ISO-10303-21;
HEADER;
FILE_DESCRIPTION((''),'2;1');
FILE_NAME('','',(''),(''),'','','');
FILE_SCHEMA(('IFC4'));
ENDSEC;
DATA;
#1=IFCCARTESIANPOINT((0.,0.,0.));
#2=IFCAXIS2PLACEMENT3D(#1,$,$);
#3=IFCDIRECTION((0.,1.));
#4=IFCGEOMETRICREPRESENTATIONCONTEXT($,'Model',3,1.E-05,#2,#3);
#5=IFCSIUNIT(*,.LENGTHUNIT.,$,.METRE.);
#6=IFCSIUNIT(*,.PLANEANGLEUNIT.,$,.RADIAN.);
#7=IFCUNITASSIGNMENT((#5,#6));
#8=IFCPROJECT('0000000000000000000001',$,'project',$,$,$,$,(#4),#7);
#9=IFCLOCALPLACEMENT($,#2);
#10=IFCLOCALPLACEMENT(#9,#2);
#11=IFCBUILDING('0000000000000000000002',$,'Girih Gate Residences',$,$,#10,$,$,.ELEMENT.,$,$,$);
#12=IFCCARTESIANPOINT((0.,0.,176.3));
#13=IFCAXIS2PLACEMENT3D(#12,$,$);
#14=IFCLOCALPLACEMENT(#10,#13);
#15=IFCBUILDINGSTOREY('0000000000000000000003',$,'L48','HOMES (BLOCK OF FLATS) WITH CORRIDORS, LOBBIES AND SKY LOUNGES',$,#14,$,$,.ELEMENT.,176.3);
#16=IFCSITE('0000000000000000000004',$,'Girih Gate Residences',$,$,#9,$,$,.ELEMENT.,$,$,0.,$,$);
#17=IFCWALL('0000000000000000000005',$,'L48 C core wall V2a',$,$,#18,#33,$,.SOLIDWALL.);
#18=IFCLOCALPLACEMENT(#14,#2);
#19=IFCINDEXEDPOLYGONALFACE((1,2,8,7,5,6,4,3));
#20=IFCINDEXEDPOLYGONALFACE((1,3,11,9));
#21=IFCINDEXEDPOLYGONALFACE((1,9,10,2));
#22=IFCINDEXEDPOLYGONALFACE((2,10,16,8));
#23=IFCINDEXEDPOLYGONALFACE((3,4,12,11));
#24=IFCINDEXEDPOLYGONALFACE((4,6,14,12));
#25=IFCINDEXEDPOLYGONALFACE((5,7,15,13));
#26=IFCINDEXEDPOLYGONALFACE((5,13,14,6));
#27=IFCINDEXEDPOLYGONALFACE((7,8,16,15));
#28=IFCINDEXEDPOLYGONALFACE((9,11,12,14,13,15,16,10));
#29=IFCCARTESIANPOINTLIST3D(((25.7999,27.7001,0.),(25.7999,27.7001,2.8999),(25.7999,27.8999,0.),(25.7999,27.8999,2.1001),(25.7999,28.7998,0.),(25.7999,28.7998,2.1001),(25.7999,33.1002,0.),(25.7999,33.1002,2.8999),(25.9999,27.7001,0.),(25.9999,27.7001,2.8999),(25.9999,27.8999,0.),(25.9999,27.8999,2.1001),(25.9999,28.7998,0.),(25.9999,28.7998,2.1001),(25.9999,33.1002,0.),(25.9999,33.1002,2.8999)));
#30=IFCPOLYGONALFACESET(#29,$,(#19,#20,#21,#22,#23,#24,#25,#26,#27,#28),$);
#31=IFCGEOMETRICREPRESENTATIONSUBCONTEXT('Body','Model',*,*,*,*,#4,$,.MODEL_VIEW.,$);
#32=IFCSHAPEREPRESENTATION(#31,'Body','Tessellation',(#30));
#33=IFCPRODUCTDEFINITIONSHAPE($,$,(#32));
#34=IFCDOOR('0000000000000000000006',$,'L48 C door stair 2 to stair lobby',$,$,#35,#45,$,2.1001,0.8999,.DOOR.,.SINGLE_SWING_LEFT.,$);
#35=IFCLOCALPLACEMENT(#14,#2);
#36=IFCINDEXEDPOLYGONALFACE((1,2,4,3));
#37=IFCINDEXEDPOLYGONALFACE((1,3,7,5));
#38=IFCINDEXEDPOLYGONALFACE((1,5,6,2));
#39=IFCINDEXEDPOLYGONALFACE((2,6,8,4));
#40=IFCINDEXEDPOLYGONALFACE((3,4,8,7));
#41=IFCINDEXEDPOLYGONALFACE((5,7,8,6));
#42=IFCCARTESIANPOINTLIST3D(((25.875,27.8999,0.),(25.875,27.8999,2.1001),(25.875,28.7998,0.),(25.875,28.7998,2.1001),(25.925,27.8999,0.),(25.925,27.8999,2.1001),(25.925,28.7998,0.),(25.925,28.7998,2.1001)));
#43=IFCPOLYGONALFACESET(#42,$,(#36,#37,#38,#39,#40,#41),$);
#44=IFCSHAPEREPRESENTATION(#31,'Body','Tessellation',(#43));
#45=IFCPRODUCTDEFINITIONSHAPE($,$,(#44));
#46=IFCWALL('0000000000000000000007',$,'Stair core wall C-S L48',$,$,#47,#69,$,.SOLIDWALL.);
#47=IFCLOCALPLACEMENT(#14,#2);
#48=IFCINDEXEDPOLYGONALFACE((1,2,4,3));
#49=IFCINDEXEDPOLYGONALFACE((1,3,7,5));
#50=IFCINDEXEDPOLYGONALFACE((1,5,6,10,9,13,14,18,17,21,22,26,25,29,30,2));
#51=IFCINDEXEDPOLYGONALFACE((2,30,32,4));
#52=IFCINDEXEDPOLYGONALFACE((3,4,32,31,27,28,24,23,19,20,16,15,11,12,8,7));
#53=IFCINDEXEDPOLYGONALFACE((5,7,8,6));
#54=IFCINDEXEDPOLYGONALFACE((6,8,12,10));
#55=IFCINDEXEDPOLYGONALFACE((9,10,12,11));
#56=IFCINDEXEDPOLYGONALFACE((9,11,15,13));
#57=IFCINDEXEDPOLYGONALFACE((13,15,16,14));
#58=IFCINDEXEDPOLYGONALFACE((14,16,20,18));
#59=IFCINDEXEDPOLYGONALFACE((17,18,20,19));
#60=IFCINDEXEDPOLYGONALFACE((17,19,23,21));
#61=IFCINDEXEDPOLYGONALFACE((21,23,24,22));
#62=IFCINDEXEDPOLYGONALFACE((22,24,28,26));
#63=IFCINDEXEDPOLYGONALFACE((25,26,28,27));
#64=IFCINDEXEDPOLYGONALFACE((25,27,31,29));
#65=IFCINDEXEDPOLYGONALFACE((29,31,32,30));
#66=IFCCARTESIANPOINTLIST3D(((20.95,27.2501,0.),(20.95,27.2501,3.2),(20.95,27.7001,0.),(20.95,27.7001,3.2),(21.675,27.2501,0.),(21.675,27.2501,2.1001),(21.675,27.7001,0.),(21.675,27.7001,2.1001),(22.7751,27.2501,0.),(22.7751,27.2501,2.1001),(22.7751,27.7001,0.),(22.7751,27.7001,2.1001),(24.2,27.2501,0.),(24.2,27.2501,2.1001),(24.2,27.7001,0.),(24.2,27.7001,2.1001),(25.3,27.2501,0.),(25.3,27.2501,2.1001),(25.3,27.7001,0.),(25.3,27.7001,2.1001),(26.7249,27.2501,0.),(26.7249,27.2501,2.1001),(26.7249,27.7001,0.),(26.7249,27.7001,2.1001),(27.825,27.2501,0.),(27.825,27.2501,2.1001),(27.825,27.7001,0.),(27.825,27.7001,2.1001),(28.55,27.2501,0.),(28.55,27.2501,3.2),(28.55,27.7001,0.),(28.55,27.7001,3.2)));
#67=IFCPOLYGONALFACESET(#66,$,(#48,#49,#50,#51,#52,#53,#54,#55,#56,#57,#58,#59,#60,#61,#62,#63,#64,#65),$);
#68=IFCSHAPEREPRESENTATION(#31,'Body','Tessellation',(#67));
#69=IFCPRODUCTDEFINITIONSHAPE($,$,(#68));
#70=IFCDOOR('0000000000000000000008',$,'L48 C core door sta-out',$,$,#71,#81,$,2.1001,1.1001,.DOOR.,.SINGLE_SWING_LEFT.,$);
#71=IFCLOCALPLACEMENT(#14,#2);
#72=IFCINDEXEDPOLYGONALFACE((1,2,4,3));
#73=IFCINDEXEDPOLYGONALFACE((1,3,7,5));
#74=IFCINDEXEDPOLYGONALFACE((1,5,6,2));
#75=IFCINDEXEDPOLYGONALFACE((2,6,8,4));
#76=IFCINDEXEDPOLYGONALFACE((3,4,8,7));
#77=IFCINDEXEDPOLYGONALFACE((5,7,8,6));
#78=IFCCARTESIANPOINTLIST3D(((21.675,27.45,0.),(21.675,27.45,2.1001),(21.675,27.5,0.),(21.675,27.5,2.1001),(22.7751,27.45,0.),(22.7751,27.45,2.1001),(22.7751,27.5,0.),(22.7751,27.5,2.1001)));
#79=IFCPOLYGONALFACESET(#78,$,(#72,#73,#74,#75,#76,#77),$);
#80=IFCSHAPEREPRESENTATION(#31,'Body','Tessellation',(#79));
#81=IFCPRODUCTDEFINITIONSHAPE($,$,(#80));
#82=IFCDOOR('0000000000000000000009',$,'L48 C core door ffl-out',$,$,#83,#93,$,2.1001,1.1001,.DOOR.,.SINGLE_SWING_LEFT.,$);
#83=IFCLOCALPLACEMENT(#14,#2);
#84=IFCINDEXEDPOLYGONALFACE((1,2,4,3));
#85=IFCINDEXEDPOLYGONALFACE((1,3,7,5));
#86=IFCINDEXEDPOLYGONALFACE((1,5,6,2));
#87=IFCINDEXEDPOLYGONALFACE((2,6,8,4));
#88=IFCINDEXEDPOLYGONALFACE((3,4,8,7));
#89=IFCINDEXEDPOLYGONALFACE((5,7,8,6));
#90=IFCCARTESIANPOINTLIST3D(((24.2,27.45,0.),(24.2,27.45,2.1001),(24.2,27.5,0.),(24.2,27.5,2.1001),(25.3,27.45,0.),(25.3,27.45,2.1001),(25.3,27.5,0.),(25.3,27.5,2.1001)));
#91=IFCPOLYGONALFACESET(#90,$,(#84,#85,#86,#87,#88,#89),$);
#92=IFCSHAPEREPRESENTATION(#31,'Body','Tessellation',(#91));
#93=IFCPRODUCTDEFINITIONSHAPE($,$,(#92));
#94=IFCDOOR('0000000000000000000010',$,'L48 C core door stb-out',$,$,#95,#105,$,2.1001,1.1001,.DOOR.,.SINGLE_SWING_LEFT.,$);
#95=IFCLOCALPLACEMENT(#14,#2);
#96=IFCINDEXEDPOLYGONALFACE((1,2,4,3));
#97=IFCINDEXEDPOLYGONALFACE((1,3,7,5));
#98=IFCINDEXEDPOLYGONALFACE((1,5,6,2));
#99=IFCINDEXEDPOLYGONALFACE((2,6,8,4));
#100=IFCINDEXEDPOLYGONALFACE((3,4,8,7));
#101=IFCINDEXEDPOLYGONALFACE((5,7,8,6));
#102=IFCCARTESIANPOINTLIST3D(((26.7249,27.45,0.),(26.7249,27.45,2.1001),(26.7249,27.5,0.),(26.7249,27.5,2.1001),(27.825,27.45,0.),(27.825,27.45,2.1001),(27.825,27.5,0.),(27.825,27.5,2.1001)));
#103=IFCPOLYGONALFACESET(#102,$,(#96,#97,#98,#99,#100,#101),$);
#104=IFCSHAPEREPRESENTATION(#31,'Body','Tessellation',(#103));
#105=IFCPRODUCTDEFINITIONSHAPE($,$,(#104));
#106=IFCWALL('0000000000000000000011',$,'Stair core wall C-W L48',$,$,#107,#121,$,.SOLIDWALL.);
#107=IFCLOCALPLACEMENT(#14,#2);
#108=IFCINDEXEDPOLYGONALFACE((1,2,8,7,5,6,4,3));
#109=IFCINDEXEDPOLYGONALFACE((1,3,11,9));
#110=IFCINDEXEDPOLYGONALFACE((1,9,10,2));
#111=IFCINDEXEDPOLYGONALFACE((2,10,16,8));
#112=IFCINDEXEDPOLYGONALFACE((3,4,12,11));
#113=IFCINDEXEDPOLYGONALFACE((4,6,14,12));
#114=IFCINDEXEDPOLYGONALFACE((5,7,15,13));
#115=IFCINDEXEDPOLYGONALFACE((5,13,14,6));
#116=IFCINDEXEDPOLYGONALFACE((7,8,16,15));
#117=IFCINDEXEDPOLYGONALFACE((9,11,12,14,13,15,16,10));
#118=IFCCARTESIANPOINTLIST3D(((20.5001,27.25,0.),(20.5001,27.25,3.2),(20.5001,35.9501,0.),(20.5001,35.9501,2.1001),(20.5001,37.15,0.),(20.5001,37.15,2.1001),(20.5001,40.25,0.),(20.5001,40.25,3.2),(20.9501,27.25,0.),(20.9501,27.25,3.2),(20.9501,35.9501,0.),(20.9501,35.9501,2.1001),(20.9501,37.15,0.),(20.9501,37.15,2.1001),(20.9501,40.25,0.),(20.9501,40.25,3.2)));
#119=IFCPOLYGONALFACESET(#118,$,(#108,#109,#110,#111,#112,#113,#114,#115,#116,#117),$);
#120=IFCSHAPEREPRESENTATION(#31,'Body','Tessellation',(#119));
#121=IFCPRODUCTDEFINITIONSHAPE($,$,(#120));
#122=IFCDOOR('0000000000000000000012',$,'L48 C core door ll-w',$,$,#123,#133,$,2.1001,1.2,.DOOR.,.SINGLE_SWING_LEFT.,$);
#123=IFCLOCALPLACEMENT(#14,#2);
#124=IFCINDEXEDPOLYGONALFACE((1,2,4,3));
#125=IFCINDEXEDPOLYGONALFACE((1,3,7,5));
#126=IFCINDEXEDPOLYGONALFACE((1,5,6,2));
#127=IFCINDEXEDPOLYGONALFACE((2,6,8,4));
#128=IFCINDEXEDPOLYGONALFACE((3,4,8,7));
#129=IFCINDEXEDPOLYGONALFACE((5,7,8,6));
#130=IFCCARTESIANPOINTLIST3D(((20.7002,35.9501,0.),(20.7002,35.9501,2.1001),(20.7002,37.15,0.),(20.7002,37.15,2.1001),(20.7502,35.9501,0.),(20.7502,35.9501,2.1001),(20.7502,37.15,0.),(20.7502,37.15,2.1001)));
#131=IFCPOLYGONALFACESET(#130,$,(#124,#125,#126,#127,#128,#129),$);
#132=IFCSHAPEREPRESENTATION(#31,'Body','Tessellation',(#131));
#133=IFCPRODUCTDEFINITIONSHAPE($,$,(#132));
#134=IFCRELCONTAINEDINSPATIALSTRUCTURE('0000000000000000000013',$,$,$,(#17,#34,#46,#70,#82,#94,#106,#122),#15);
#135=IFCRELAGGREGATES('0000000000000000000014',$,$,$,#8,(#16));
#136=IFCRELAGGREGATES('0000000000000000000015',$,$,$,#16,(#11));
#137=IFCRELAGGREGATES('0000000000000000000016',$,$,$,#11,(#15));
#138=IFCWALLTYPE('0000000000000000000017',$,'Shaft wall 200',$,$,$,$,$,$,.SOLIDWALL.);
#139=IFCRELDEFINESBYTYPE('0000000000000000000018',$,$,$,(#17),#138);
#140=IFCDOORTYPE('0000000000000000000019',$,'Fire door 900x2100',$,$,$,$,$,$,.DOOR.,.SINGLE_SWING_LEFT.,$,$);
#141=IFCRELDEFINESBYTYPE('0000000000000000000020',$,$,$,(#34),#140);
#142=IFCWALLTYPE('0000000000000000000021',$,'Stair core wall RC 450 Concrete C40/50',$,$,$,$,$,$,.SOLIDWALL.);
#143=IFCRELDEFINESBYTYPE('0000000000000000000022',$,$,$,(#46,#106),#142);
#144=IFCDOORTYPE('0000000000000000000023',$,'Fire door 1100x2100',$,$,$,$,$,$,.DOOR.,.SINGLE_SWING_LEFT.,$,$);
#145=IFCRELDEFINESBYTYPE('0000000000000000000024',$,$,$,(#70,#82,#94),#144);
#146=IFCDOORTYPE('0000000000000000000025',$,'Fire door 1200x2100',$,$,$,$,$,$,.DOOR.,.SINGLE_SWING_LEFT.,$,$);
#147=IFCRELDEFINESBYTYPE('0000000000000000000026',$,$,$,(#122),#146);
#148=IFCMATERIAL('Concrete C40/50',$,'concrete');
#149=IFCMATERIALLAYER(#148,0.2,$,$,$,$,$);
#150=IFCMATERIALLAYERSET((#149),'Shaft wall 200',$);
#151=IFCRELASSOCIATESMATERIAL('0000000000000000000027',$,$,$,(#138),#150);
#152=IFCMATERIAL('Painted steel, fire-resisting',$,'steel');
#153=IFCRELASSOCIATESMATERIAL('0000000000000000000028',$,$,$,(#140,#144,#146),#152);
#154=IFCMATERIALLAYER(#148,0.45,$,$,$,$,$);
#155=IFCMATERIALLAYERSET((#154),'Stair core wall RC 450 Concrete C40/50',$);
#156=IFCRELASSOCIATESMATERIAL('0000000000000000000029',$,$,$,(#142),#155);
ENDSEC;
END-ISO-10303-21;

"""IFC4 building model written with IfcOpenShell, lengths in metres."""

from ifc_helpers import new_model, si_unit, direction, frame, frame_2d, origin, place, context, subcontext, project, spatial, rectangle, extrude, material, layer, layer_set, type_object, element, fill, save


model = new_model("IFC4")

# Units and contexts
model_context = context("Model", 3, precision=1e-05, world=origin(), true_north=direction((0.0, 1.0)))
body_context = subcontext(model_context, "Body", "Model", "MODEL_VIEW")
ifc_project = project(units=[si_unit("LENGTHUNIT", "METRE"), si_unit("PLANEANGLEUNIT", "RADIAN")], contexts=[model_context])

# Site, building, storey
site_placement = place(None, origin())
site = spatial("IfcSite", under=ifc_project, at=site_placement, Name="Girih Gate Residences", CompositionType="ELEMENT", RefElevation=0.0)
building_placement = place(site_placement, origin())
building = spatial("IfcBuilding", under=site, at=building_placement, Name="Girih Gate Residences", CompositionType="ELEMENT")
storey_placement = place(building_placement, frame((0.0, 0.0, 176.3)))
storey = spatial("IfcBuildingStorey", under=building, at=storey_placement, Name="L48", Description="HOMES (BLOCK OF FLATS) WITH CORRIDORS, LOBBIES AND SKY LOUNGES", CompositionType="ELEMENT", Elevation=176.3)

# Wall, opening, door
ifc_material_1 = material(Name="Concrete C40/50", Category="concrete")
ifc_layer_1 = layer(ifc_material_1, 0.2)
ifc_layer_set_1 = layer_set([ifc_layer_1], Name="Shaft wall 200")
wall_type_1 = type_object("IfcWallType", Name="Shaft wall 200", PredefinedType="SOLIDWALL", material=ifc_layer_set_1)
ifc_material_2 = material(Name="Painted steel, fire-resisting", Category="steel")
door_type_1 = type_object("IfcDoorType", Name="Fire door 900x2100", OperationType="SINGLE_SWING_LEFT", PredefinedType="DOOR", material=ifc_material_2)
wall_1_placement = place(storey_placement, frame((25.8999, 27.7, 0.0), z_axis=(0.0, 0.0, 1.0), x_axis=(0.0, 1.0, 0.0)))
wall_1 = element("IfcWall", 1, at=wall_1_placement, inside=storey, type_object=wall_type_1, Name="L48 C core wall V2a", PredefinedType="SOLIDWALL", context=body_context, shape_type="SweptSolid", body=[
    extrude(rectangle(XDim=5.4001, YDim=0.2, at=frame_2d((2.7002, 0.0))), origin(), (0.0, 0.0, 1.0), 2.8999),
])
opening_1_placement = place(wall_1_placement, frame((0.2, 0.0, 0.0)))
opening_1 = element("IfcOpeningElement", 2, at=opening_1_placement, cuts=wall_1, PredefinedType="OPENING", context=body_context, shape_type="SweptSolid", body=[
    extrude(rectangle(XDim=0.8999, YDim=2.1001, at=frame_2d((0.45, 1.05))), frame((0.0, 0.1099, 0.0), z_axis=(0.0, -1.0, 0.0), x_axis=(1.0, 0.0, 0.0)), (0.0, 0.0, 1.0), 0.22),
])
door_1_placement = place(opening_1_placement, origin())
door_1 = element("IfcDoor", 3, at=door_1_placement, inside=storey, type_object=door_type_1, Name="L48 C door stair 2 to stair lobby", OperationType="SINGLE_SWING_LEFT", OverallHeight=2.1001, OverallWidth=0.8999, PredefinedType="DOOR", context=body_context, shape_type="SweptSolid", body=[
    extrude(rectangle(XDim=0.8999, YDim=2.1001, at=frame_2d((0.45, 1.05))), frame((0.0, 0.0249, 0.0), z_axis=(0.0, -1.0, 0.0), x_axis=(1.0, 0.0, 0.0)), (0.0, 0.0, 1.0), 0.05),
])
fill(opening_1, door_1)

# Wall, openings, doors
ifc_layer_2 = layer(ifc_material_1, 0.45)
ifc_layer_set_2 = layer_set([ifc_layer_2], Name="Stair core wall RC 450 Concrete C40/50")
wall_type_2 = type_object("IfcWallType", Name="Stair core wall RC 450 Concrete C40/50", PredefinedType="SOLIDWALL", material=ifc_layer_set_2)
wall_2_placement = place(storey_placement, frame((20.95, 27.4751, 0.0), z_axis=(0.0, 0.0, 1.0), x_axis=(1.0, 0.0, 0.0)))
wall_2 = element("IfcWall", 4, at=wall_2_placement, inside=storey, type_object=wall_type_2, Name="Stair core wall C-S L48", PredefinedType="SOLIDWALL", context=body_context, shape_type="SweptSolid", body=[
    extrude(rectangle(XDim=7.6001, YDim=0.45, at=frame_2d((3.8, 0.0))), origin(), (0.0, 0.0, 1.0), 3.2),
])
opening_2_placement = place(wall_2_placement, frame((0.7251, 0.0, 0.0)))
opening_2 = element("IfcOpeningElement", 5, at=opening_2_placement, cuts=wall_2, PredefinedType="OPENING", context=body_context, shape_type="SweptSolid", body=[
    extrude(rectangle(XDim=1.1001, YDim=2.1001, at=frame_2d((0.55, 1.05))), frame((0.0, 0.2349, 0.0), z_axis=(0.0, -1.0, 0.0), x_axis=(1.0, 0.0, 0.0)), (0.0, 0.0, 1.0), 0.47),
])
opening_3_placement = place(wall_2_placement, frame((3.25, 0.0, 0.0)))
opening_3 = element("IfcOpeningElement", 6, at=opening_3_placement, cuts=wall_2, PredefinedType="OPENING", context=body_context, shape_type="SweptSolid", body=[
    extrude(rectangle(XDim=1.1001, YDim=2.1001, at=frame_2d((0.55, 1.05))), frame((0.0, 0.2349, 0.0), z_axis=(0.0, -1.0, 0.0), x_axis=(1.0, 0.0, 0.0)), (0.0, 0.0, 1.0), 0.47),
])
opening_4_placement = place(wall_2_placement, frame((5.7749, 0.0, 0.0)))
opening_4 = element("IfcOpeningElement", 7, at=opening_4_placement, cuts=wall_2, PredefinedType="OPENING", context=body_context, shape_type="SweptSolid", body=[
    extrude(rectangle(XDim=1.1001, YDim=2.1001, at=frame_2d((0.55, 1.05))), frame((0.0, 0.2349, 0.0), z_axis=(0.0, -1.0, 0.0), x_axis=(1.0, 0.0, 0.0)), (0.0, 0.0, 1.0), 0.47),
])
door_type_2 = type_object("IfcDoorType", Name="Fire door 1100x2100", OperationType="SINGLE_SWING_LEFT", PredefinedType="DOOR", material=ifc_material_2)
door_2_placement = place(opening_2_placement, origin())
door_2 = element("IfcDoor", 8, at=door_2_placement, inside=storey, type_object=door_type_2, Name="L48 C core door sta-out", OperationType="SINGLE_SWING_LEFT", OverallHeight=2.1001, OverallWidth=1.1001, PredefinedType="DOOR", context=body_context, shape_type="SweptSolid", body=[
    extrude(rectangle(XDim=1.1001, YDim=2.1001, at=frame_2d((0.55, 1.05))), frame((0.0, 0.0249, 0.0), z_axis=(0.0, -1.0, 0.0), x_axis=(1.0, 0.0, 0.0)), (0.0, 0.0, 1.0), 0.05),
])
fill(opening_2, door_2)
door_3_placement = place(opening_3_placement, origin())
door_3 = element("IfcDoor", 9, at=door_3_placement, inside=storey, type_object=door_type_2, Name="L48 C core door ffl-out", OperationType="SINGLE_SWING_LEFT", OverallHeight=2.1001, OverallWidth=1.1001, PredefinedType="DOOR", context=body_context, shape_type="SweptSolid", body=[
    extrude(rectangle(XDim=1.1001, YDim=2.1001, at=frame_2d((0.55, 1.05))), frame((0.0, 0.0249, 0.0), z_axis=(0.0, -1.0, 0.0), x_axis=(1.0, 0.0, 0.0)), (0.0, 0.0, 1.0), 0.05),
])
fill(opening_3, door_3)
door_4_placement = place(opening_4_placement, origin())
door_4 = element("IfcDoor", 10, at=door_4_placement, inside=storey, type_object=door_type_2, Name="L48 C core door stb-out", OperationType="SINGLE_SWING_LEFT", OverallHeight=2.1001, OverallWidth=1.1001, PredefinedType="DOOR", context=body_context, shape_type="SweptSolid", body=[
    extrude(rectangle(XDim=1.1001, YDim=2.1001, at=frame_2d((0.55, 1.05))), frame((0.0, 0.0249, 0.0), z_axis=(0.0, -1.0, 0.0), x_axis=(1.0, 0.0, 0.0)), (0.0, 0.0, 1.0), 0.05),
])
fill(opening_4, door_4)

# Wall, opening, door
wall_3_placement = place(storey_placement, frame((20.7251, 27.25, 0.0), z_axis=(0.0, 0.0, 1.0), x_axis=(0.0, 1.0, 0.0)))
wall_3 = element("IfcWall", 11, at=wall_3_placement, inside=storey, type_object=wall_type_2, Name="Stair core wall C-W L48", PredefinedType="SOLIDWALL", context=body_context, shape_type="SweptSolid", body=[
    extrude(rectangle(XDim=13.0, YDim=0.45, at=frame_2d((6.5, 0.0))), origin(), (0.0, 0.0, 1.0), 3.2),
])
opening_5_placement = place(wall_3_placement, frame((8.7, 0.0, 0.0)))
opening_5 = element("IfcOpeningElement", 12, at=opening_5_placement, cuts=wall_3, PredefinedType="OPENING", context=body_context, shape_type="SweptSolid", body=[
    extrude(rectangle(XDim=1.2, YDim=2.1001, at=frame_2d((0.6001, 1.05))), frame((0.0, 0.2349, 0.0), z_axis=(0.0, -1.0, 0.0), x_axis=(1.0, 0.0, 0.0)), (0.0, 0.0, 1.0), 0.47),
])
door_type_3 = type_object("IfcDoorType", Name="Fire door 1200x2100", OperationType="SINGLE_SWING_LEFT", PredefinedType="DOOR", material=ifc_material_2)
door_5_placement = place(opening_5_placement, origin())
door_5 = element("IfcDoor", 13, at=door_5_placement, inside=storey, type_object=door_type_3, Name="L48 C core door ll-w", OperationType="SINGLE_SWING_LEFT", OverallHeight=2.1001, OverallWidth=1.2, PredefinedType="DOOR", context=body_context, shape_type="SweptSolid", body=[
    extrude(rectangle(XDim=1.2, YDim=2.1001, at=frame_2d((0.6001, 1.05))), frame((0.0, 0.0249, 0.0), z_axis=(0.0, -1.0, 0.0), x_axis=(1.0, 0.0, 0.0)), (0.0, 0.0, 1.0), 0.05),
])
fill(opening_5, door_5)

save(model, "model.ifc")
